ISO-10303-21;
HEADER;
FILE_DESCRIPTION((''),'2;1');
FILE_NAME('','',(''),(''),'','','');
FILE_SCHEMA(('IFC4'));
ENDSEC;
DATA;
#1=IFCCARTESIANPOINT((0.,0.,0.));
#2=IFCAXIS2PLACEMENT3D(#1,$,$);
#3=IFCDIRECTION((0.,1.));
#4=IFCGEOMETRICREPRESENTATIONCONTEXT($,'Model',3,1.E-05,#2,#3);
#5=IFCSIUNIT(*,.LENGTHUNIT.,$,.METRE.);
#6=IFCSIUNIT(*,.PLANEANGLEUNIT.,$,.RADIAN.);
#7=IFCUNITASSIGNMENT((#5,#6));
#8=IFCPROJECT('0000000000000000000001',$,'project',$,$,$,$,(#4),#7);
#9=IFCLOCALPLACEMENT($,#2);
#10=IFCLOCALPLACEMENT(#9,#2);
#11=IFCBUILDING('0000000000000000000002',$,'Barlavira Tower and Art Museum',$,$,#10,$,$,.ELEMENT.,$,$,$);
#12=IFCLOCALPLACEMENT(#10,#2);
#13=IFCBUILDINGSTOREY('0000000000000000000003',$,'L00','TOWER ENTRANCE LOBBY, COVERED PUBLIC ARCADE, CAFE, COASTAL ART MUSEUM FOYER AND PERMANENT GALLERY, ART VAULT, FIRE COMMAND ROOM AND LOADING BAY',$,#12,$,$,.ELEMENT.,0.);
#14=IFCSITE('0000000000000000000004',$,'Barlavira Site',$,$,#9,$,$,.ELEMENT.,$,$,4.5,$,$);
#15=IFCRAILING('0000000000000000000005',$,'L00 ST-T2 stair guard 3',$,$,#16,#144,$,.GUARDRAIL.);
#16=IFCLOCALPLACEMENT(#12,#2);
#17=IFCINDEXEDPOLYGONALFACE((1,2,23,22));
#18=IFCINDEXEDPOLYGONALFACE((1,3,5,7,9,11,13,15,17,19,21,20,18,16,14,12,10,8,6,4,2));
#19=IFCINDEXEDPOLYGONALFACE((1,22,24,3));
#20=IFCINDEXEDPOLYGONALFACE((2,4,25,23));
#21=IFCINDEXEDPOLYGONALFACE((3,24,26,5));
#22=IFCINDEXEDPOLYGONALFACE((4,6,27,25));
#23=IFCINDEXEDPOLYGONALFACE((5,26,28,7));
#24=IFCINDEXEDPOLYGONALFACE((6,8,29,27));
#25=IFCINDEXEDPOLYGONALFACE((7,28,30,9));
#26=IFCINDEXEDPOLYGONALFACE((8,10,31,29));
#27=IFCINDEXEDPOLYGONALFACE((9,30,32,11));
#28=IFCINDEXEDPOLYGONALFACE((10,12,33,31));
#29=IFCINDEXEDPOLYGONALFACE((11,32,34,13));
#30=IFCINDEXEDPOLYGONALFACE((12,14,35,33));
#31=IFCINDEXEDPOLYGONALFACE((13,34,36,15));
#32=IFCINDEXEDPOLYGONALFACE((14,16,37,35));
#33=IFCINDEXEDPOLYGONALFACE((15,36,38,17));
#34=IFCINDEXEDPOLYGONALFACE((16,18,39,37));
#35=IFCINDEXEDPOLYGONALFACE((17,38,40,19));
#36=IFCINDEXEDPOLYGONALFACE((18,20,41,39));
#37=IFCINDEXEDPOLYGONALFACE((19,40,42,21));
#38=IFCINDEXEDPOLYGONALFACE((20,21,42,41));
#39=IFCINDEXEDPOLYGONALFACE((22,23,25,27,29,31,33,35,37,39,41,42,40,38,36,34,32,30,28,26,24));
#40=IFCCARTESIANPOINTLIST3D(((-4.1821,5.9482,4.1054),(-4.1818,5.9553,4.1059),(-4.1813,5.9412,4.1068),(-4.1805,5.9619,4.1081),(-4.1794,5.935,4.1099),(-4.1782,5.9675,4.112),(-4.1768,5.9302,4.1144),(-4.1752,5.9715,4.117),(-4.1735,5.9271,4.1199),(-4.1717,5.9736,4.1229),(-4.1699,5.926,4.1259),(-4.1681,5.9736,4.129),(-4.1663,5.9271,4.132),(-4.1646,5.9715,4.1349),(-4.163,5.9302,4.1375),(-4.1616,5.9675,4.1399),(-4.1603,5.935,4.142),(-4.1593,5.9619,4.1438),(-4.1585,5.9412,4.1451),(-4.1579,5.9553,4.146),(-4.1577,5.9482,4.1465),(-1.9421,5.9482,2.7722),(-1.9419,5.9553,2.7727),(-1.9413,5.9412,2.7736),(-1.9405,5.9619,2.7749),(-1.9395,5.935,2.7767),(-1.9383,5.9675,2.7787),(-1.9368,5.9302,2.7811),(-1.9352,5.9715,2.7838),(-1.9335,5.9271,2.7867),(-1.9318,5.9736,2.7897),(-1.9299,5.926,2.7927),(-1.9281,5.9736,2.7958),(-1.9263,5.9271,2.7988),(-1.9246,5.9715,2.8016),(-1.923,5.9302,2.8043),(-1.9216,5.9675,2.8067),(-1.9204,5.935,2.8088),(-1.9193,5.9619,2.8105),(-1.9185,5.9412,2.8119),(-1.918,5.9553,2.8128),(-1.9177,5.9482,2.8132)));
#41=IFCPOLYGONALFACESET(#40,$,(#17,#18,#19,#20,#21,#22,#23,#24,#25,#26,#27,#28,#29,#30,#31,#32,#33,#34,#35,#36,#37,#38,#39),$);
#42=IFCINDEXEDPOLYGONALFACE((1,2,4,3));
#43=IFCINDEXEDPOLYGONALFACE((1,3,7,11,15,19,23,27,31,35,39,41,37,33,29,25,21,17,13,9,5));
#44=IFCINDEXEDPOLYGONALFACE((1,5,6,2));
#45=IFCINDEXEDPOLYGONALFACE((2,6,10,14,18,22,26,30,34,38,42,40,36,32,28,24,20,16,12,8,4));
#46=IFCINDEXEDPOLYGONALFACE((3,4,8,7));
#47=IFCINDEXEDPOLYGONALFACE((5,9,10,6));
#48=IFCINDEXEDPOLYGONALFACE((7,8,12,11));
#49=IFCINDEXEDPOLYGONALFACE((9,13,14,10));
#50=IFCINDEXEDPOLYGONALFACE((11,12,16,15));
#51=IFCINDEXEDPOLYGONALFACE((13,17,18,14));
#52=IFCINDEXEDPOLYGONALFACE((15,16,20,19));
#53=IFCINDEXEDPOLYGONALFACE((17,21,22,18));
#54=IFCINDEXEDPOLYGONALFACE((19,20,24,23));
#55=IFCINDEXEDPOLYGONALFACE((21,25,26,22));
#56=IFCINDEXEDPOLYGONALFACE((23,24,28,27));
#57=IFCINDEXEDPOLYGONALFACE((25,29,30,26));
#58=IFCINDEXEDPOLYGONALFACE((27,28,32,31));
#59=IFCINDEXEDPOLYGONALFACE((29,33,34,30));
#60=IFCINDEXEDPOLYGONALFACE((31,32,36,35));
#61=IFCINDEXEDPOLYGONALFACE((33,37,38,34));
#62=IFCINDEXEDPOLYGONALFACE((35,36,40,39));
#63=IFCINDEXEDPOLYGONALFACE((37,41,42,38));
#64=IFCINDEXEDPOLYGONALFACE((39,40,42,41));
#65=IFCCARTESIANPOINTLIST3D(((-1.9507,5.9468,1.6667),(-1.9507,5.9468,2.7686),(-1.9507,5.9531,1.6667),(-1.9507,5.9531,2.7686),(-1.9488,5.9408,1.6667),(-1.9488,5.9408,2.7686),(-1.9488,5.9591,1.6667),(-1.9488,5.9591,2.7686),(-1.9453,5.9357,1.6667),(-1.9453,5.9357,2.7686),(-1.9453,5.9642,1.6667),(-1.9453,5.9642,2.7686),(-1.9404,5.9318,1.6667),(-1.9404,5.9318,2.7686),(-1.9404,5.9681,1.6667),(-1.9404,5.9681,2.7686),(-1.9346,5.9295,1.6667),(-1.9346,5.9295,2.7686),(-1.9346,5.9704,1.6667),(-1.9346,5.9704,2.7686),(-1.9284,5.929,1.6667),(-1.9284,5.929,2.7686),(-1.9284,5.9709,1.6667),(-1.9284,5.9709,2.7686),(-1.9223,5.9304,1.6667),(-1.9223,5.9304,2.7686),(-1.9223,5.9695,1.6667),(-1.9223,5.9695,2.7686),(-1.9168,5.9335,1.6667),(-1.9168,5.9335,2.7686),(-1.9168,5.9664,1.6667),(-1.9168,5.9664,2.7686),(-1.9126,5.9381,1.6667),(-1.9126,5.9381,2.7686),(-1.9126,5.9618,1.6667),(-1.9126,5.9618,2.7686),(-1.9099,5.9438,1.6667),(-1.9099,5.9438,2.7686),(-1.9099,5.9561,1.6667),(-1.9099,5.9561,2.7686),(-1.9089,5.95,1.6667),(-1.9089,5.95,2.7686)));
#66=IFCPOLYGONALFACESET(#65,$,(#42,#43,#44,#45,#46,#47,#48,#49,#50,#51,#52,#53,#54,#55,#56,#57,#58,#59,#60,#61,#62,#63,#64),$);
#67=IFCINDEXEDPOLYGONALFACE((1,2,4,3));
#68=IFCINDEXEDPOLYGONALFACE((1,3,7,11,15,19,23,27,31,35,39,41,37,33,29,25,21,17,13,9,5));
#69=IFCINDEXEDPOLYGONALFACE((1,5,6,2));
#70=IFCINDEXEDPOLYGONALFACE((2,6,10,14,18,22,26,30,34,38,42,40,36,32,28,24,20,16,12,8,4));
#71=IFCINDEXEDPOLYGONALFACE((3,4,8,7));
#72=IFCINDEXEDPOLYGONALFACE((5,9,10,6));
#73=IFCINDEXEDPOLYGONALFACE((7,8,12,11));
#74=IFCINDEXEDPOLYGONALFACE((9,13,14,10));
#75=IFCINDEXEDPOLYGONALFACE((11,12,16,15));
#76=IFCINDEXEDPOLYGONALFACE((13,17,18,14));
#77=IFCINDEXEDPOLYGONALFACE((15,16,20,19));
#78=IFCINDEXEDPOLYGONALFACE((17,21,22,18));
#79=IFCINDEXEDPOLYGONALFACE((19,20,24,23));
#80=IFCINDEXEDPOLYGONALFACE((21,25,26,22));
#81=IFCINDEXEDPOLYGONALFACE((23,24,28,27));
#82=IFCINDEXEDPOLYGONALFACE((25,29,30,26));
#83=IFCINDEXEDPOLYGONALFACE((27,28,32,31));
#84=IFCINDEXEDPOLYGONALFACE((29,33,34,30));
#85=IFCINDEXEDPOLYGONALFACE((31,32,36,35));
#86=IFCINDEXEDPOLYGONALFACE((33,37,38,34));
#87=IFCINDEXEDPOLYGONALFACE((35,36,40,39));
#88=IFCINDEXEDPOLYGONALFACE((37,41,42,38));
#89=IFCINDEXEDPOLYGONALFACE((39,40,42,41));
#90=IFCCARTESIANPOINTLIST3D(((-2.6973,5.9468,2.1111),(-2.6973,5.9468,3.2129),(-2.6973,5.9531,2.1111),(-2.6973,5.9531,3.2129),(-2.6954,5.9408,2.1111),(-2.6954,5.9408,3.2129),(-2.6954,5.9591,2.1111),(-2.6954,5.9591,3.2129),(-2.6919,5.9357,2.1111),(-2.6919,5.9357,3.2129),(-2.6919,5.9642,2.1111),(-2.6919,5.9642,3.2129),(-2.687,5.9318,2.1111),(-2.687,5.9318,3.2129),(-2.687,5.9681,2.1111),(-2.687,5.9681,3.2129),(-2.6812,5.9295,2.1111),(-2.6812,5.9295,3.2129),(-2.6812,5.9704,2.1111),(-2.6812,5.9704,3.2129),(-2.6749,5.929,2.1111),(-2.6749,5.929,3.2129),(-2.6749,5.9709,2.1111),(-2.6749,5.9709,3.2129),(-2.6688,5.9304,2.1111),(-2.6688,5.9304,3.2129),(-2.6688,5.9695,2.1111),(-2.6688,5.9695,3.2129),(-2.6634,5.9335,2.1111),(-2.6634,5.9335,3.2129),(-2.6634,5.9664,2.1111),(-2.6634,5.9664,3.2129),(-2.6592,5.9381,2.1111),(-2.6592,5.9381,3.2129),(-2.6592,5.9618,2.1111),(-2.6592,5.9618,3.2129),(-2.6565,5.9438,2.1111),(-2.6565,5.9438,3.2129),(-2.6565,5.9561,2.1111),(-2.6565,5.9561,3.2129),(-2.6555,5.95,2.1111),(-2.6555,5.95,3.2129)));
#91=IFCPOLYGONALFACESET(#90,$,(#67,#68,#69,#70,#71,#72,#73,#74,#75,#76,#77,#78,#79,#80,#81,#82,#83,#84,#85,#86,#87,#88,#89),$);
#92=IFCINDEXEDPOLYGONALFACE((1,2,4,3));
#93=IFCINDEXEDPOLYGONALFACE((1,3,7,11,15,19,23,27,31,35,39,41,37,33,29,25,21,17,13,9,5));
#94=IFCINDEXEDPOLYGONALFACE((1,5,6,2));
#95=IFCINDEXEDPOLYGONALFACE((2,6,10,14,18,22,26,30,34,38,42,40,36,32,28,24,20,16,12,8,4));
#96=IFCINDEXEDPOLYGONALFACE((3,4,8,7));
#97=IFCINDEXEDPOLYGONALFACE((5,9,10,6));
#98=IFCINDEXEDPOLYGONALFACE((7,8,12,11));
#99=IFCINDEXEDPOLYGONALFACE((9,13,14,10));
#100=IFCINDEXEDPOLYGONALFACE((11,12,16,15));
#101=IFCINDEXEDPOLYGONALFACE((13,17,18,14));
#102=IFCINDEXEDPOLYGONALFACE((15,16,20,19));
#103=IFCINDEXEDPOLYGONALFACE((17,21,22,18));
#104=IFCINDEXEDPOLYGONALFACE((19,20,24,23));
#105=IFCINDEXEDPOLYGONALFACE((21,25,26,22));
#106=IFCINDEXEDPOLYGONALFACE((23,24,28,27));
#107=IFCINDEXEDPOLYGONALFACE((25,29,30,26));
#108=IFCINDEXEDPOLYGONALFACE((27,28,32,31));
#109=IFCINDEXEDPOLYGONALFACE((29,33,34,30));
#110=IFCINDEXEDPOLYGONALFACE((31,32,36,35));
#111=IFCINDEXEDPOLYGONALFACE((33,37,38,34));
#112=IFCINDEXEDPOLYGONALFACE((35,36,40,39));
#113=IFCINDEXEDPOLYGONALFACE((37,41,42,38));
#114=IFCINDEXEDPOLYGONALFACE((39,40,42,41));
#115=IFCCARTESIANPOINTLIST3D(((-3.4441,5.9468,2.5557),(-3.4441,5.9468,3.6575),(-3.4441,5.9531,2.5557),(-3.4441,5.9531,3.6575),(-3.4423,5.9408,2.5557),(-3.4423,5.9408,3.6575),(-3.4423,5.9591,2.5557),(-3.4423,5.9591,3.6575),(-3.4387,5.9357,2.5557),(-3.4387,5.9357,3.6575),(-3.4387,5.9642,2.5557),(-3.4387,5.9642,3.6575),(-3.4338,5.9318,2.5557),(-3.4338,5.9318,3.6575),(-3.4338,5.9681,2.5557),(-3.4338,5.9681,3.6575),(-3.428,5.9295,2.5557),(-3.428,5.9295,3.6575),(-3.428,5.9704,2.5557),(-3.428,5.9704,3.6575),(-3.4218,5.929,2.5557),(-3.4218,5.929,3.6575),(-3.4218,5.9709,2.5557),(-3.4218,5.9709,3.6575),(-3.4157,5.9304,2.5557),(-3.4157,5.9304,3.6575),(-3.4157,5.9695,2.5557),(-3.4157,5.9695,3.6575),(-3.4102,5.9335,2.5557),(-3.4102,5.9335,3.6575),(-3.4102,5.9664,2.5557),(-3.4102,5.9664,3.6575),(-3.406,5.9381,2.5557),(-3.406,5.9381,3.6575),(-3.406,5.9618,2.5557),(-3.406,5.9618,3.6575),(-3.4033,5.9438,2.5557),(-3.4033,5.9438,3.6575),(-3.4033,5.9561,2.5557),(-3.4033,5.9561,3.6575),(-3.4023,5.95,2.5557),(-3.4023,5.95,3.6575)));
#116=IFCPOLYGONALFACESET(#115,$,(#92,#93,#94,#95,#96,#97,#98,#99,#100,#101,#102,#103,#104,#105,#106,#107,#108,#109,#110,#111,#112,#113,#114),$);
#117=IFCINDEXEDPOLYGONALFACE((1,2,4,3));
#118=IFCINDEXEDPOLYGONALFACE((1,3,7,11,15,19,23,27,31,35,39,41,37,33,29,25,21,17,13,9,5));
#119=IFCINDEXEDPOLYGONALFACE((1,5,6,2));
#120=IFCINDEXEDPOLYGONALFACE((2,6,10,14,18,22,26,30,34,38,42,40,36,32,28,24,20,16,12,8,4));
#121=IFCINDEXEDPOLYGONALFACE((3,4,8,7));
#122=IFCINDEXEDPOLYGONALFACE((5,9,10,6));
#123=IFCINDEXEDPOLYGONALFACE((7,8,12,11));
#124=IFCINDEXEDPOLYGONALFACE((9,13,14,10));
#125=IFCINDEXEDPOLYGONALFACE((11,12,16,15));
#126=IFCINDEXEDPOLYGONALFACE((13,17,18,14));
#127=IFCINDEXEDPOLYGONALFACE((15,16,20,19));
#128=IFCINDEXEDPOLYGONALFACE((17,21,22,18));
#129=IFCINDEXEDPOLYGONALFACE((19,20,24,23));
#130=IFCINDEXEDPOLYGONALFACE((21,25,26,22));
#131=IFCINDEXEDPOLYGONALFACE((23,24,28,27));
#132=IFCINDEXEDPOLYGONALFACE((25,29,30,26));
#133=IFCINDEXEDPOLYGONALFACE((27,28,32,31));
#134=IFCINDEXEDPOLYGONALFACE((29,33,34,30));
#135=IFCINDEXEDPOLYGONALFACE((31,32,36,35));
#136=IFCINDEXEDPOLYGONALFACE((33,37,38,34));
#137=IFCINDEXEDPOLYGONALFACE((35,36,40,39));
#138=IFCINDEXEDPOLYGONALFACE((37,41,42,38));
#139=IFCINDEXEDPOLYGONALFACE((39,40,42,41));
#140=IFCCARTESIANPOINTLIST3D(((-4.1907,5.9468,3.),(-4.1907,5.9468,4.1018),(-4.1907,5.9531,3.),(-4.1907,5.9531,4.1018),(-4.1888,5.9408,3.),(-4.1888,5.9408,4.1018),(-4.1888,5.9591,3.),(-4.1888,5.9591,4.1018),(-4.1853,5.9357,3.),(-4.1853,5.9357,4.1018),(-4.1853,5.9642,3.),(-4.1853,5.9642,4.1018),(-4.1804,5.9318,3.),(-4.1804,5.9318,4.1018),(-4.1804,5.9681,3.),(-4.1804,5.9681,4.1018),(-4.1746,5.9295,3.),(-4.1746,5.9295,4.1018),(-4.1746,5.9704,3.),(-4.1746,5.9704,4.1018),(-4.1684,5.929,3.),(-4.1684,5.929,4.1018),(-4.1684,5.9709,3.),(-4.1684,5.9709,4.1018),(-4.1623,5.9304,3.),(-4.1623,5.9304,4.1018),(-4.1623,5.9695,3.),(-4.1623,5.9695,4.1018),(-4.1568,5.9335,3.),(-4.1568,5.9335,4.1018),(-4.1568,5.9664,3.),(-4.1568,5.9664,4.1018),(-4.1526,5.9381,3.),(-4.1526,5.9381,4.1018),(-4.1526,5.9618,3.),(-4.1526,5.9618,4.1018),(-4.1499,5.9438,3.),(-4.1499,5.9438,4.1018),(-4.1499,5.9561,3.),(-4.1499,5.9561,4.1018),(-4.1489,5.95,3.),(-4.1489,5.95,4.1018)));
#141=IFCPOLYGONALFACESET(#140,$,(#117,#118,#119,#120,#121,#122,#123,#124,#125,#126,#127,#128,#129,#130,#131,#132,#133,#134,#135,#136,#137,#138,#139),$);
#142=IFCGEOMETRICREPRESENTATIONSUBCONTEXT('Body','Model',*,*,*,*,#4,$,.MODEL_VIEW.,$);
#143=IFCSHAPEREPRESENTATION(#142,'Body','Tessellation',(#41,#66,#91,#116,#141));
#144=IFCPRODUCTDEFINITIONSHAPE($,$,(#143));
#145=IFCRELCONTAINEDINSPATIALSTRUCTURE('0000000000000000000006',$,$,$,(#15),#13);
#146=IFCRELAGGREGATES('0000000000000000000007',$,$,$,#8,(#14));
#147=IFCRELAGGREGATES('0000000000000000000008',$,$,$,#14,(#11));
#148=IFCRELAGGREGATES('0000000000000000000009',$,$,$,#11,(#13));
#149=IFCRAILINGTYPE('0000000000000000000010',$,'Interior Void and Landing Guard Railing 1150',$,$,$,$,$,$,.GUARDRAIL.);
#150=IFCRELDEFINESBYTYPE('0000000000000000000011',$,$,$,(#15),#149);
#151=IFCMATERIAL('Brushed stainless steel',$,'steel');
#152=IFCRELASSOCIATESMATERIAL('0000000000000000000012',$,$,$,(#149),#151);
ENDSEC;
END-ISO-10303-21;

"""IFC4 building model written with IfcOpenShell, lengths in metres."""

from ifc_helpers import new_model, si_unit, direction, frame, origin, origin_2d, place, context, subcontext, project, spatial, circle, extrude, material, type_object, element, save


model = new_model("IFC4")

# Units and contexts
model_context = context("Model", 3, precision=1e-05, world=origin(), true_north=direction((0.0, 1.0)))
body_context = subcontext(model_context, "Body", "Model", "MODEL_VIEW")
ifc_project = project(units=[si_unit("LENGTHUNIT", "METRE"), si_unit("PLANEANGLEUNIT", "RADIAN")], contexts=[model_context])

# Site, building, storey
site_placement = place(None, origin())
site = spatial("IfcSite", under=ifc_project, at=site_placement, Name="Barlavira Site", CompositionType="ELEMENT", RefElevation=4.5)
building_placement = place(site_placement, origin())
building = spatial("IfcBuilding", under=site, at=building_placement, Name="Barlavira Tower and Art Museum", CompositionType="ELEMENT")
storey_placement = place(building_placement, origin())
storey = spatial("IfcBuildingStorey", under=building, at=storey_placement, Name="L00", Description="TOWER ENTRANCE LOBBY, COVERED PUBLIC ARCADE, CAFE, COASTAL ART MUSEUM FOYER AND PERMANENT GALLERY, ART VAULT, FIRE COMMAND ROOM AND LOADING BAY", CompositionType="ELEMENT", Elevation=0.0)

# Shared definitions
ifc_material_1 = material(Name="Brushed stainless steel", Category="steel")

# Railing
railing_type_1 = type_object("IfcRailingType", Name="Interior Void and Landing Guard Railing 1150", PredefinedType="GUARDRAIL", material=ifc_material_1)
railing_1_placement = place(storey_placement, frame((-1.9299, 5.95, 1.6667)))
element("IfcRailing", 1, at=railing_1_placement, inside=storey, type_object=railing_type_1, Name="L00 ST-T2 stair guard 3", PredefinedType="GUARDRAIL", context=body_context, shape_type="SweptSolid", body=[
    extrude(circle(Radius=0.0239, at=origin_2d()), frame((0.0, 0.0, 1.126), z_axis=(-0.859306, 0.0, 0.511462), x_axis=(0.0, -1.0, 0.0)), (0.0, 0.0, 1.0), 2.6067),
    extrude(circle(Radius=0.021, at=origin_2d()), origin(), (0.0, 0.0, 1.0), 1.1018),
    extrude(circle(Radius=0.021, at=origin_2d()), frame((-0.7466, 0.0, 0.4443)), (0.0, 0.0, 1.0), 1.1018),
    extrude(circle(Radius=0.021, at=origin_2d()), frame((-1.4934, 0.0, 0.8889)), (0.0, 0.0, 1.0), 1.1018),
    extrude(circle(Radius=0.021, at=origin_2d()), frame((-2.24, 0.0, 1.3333)), (0.0, 0.0, 1.0), 1.1018),
])

save(model, "model.ifc")
